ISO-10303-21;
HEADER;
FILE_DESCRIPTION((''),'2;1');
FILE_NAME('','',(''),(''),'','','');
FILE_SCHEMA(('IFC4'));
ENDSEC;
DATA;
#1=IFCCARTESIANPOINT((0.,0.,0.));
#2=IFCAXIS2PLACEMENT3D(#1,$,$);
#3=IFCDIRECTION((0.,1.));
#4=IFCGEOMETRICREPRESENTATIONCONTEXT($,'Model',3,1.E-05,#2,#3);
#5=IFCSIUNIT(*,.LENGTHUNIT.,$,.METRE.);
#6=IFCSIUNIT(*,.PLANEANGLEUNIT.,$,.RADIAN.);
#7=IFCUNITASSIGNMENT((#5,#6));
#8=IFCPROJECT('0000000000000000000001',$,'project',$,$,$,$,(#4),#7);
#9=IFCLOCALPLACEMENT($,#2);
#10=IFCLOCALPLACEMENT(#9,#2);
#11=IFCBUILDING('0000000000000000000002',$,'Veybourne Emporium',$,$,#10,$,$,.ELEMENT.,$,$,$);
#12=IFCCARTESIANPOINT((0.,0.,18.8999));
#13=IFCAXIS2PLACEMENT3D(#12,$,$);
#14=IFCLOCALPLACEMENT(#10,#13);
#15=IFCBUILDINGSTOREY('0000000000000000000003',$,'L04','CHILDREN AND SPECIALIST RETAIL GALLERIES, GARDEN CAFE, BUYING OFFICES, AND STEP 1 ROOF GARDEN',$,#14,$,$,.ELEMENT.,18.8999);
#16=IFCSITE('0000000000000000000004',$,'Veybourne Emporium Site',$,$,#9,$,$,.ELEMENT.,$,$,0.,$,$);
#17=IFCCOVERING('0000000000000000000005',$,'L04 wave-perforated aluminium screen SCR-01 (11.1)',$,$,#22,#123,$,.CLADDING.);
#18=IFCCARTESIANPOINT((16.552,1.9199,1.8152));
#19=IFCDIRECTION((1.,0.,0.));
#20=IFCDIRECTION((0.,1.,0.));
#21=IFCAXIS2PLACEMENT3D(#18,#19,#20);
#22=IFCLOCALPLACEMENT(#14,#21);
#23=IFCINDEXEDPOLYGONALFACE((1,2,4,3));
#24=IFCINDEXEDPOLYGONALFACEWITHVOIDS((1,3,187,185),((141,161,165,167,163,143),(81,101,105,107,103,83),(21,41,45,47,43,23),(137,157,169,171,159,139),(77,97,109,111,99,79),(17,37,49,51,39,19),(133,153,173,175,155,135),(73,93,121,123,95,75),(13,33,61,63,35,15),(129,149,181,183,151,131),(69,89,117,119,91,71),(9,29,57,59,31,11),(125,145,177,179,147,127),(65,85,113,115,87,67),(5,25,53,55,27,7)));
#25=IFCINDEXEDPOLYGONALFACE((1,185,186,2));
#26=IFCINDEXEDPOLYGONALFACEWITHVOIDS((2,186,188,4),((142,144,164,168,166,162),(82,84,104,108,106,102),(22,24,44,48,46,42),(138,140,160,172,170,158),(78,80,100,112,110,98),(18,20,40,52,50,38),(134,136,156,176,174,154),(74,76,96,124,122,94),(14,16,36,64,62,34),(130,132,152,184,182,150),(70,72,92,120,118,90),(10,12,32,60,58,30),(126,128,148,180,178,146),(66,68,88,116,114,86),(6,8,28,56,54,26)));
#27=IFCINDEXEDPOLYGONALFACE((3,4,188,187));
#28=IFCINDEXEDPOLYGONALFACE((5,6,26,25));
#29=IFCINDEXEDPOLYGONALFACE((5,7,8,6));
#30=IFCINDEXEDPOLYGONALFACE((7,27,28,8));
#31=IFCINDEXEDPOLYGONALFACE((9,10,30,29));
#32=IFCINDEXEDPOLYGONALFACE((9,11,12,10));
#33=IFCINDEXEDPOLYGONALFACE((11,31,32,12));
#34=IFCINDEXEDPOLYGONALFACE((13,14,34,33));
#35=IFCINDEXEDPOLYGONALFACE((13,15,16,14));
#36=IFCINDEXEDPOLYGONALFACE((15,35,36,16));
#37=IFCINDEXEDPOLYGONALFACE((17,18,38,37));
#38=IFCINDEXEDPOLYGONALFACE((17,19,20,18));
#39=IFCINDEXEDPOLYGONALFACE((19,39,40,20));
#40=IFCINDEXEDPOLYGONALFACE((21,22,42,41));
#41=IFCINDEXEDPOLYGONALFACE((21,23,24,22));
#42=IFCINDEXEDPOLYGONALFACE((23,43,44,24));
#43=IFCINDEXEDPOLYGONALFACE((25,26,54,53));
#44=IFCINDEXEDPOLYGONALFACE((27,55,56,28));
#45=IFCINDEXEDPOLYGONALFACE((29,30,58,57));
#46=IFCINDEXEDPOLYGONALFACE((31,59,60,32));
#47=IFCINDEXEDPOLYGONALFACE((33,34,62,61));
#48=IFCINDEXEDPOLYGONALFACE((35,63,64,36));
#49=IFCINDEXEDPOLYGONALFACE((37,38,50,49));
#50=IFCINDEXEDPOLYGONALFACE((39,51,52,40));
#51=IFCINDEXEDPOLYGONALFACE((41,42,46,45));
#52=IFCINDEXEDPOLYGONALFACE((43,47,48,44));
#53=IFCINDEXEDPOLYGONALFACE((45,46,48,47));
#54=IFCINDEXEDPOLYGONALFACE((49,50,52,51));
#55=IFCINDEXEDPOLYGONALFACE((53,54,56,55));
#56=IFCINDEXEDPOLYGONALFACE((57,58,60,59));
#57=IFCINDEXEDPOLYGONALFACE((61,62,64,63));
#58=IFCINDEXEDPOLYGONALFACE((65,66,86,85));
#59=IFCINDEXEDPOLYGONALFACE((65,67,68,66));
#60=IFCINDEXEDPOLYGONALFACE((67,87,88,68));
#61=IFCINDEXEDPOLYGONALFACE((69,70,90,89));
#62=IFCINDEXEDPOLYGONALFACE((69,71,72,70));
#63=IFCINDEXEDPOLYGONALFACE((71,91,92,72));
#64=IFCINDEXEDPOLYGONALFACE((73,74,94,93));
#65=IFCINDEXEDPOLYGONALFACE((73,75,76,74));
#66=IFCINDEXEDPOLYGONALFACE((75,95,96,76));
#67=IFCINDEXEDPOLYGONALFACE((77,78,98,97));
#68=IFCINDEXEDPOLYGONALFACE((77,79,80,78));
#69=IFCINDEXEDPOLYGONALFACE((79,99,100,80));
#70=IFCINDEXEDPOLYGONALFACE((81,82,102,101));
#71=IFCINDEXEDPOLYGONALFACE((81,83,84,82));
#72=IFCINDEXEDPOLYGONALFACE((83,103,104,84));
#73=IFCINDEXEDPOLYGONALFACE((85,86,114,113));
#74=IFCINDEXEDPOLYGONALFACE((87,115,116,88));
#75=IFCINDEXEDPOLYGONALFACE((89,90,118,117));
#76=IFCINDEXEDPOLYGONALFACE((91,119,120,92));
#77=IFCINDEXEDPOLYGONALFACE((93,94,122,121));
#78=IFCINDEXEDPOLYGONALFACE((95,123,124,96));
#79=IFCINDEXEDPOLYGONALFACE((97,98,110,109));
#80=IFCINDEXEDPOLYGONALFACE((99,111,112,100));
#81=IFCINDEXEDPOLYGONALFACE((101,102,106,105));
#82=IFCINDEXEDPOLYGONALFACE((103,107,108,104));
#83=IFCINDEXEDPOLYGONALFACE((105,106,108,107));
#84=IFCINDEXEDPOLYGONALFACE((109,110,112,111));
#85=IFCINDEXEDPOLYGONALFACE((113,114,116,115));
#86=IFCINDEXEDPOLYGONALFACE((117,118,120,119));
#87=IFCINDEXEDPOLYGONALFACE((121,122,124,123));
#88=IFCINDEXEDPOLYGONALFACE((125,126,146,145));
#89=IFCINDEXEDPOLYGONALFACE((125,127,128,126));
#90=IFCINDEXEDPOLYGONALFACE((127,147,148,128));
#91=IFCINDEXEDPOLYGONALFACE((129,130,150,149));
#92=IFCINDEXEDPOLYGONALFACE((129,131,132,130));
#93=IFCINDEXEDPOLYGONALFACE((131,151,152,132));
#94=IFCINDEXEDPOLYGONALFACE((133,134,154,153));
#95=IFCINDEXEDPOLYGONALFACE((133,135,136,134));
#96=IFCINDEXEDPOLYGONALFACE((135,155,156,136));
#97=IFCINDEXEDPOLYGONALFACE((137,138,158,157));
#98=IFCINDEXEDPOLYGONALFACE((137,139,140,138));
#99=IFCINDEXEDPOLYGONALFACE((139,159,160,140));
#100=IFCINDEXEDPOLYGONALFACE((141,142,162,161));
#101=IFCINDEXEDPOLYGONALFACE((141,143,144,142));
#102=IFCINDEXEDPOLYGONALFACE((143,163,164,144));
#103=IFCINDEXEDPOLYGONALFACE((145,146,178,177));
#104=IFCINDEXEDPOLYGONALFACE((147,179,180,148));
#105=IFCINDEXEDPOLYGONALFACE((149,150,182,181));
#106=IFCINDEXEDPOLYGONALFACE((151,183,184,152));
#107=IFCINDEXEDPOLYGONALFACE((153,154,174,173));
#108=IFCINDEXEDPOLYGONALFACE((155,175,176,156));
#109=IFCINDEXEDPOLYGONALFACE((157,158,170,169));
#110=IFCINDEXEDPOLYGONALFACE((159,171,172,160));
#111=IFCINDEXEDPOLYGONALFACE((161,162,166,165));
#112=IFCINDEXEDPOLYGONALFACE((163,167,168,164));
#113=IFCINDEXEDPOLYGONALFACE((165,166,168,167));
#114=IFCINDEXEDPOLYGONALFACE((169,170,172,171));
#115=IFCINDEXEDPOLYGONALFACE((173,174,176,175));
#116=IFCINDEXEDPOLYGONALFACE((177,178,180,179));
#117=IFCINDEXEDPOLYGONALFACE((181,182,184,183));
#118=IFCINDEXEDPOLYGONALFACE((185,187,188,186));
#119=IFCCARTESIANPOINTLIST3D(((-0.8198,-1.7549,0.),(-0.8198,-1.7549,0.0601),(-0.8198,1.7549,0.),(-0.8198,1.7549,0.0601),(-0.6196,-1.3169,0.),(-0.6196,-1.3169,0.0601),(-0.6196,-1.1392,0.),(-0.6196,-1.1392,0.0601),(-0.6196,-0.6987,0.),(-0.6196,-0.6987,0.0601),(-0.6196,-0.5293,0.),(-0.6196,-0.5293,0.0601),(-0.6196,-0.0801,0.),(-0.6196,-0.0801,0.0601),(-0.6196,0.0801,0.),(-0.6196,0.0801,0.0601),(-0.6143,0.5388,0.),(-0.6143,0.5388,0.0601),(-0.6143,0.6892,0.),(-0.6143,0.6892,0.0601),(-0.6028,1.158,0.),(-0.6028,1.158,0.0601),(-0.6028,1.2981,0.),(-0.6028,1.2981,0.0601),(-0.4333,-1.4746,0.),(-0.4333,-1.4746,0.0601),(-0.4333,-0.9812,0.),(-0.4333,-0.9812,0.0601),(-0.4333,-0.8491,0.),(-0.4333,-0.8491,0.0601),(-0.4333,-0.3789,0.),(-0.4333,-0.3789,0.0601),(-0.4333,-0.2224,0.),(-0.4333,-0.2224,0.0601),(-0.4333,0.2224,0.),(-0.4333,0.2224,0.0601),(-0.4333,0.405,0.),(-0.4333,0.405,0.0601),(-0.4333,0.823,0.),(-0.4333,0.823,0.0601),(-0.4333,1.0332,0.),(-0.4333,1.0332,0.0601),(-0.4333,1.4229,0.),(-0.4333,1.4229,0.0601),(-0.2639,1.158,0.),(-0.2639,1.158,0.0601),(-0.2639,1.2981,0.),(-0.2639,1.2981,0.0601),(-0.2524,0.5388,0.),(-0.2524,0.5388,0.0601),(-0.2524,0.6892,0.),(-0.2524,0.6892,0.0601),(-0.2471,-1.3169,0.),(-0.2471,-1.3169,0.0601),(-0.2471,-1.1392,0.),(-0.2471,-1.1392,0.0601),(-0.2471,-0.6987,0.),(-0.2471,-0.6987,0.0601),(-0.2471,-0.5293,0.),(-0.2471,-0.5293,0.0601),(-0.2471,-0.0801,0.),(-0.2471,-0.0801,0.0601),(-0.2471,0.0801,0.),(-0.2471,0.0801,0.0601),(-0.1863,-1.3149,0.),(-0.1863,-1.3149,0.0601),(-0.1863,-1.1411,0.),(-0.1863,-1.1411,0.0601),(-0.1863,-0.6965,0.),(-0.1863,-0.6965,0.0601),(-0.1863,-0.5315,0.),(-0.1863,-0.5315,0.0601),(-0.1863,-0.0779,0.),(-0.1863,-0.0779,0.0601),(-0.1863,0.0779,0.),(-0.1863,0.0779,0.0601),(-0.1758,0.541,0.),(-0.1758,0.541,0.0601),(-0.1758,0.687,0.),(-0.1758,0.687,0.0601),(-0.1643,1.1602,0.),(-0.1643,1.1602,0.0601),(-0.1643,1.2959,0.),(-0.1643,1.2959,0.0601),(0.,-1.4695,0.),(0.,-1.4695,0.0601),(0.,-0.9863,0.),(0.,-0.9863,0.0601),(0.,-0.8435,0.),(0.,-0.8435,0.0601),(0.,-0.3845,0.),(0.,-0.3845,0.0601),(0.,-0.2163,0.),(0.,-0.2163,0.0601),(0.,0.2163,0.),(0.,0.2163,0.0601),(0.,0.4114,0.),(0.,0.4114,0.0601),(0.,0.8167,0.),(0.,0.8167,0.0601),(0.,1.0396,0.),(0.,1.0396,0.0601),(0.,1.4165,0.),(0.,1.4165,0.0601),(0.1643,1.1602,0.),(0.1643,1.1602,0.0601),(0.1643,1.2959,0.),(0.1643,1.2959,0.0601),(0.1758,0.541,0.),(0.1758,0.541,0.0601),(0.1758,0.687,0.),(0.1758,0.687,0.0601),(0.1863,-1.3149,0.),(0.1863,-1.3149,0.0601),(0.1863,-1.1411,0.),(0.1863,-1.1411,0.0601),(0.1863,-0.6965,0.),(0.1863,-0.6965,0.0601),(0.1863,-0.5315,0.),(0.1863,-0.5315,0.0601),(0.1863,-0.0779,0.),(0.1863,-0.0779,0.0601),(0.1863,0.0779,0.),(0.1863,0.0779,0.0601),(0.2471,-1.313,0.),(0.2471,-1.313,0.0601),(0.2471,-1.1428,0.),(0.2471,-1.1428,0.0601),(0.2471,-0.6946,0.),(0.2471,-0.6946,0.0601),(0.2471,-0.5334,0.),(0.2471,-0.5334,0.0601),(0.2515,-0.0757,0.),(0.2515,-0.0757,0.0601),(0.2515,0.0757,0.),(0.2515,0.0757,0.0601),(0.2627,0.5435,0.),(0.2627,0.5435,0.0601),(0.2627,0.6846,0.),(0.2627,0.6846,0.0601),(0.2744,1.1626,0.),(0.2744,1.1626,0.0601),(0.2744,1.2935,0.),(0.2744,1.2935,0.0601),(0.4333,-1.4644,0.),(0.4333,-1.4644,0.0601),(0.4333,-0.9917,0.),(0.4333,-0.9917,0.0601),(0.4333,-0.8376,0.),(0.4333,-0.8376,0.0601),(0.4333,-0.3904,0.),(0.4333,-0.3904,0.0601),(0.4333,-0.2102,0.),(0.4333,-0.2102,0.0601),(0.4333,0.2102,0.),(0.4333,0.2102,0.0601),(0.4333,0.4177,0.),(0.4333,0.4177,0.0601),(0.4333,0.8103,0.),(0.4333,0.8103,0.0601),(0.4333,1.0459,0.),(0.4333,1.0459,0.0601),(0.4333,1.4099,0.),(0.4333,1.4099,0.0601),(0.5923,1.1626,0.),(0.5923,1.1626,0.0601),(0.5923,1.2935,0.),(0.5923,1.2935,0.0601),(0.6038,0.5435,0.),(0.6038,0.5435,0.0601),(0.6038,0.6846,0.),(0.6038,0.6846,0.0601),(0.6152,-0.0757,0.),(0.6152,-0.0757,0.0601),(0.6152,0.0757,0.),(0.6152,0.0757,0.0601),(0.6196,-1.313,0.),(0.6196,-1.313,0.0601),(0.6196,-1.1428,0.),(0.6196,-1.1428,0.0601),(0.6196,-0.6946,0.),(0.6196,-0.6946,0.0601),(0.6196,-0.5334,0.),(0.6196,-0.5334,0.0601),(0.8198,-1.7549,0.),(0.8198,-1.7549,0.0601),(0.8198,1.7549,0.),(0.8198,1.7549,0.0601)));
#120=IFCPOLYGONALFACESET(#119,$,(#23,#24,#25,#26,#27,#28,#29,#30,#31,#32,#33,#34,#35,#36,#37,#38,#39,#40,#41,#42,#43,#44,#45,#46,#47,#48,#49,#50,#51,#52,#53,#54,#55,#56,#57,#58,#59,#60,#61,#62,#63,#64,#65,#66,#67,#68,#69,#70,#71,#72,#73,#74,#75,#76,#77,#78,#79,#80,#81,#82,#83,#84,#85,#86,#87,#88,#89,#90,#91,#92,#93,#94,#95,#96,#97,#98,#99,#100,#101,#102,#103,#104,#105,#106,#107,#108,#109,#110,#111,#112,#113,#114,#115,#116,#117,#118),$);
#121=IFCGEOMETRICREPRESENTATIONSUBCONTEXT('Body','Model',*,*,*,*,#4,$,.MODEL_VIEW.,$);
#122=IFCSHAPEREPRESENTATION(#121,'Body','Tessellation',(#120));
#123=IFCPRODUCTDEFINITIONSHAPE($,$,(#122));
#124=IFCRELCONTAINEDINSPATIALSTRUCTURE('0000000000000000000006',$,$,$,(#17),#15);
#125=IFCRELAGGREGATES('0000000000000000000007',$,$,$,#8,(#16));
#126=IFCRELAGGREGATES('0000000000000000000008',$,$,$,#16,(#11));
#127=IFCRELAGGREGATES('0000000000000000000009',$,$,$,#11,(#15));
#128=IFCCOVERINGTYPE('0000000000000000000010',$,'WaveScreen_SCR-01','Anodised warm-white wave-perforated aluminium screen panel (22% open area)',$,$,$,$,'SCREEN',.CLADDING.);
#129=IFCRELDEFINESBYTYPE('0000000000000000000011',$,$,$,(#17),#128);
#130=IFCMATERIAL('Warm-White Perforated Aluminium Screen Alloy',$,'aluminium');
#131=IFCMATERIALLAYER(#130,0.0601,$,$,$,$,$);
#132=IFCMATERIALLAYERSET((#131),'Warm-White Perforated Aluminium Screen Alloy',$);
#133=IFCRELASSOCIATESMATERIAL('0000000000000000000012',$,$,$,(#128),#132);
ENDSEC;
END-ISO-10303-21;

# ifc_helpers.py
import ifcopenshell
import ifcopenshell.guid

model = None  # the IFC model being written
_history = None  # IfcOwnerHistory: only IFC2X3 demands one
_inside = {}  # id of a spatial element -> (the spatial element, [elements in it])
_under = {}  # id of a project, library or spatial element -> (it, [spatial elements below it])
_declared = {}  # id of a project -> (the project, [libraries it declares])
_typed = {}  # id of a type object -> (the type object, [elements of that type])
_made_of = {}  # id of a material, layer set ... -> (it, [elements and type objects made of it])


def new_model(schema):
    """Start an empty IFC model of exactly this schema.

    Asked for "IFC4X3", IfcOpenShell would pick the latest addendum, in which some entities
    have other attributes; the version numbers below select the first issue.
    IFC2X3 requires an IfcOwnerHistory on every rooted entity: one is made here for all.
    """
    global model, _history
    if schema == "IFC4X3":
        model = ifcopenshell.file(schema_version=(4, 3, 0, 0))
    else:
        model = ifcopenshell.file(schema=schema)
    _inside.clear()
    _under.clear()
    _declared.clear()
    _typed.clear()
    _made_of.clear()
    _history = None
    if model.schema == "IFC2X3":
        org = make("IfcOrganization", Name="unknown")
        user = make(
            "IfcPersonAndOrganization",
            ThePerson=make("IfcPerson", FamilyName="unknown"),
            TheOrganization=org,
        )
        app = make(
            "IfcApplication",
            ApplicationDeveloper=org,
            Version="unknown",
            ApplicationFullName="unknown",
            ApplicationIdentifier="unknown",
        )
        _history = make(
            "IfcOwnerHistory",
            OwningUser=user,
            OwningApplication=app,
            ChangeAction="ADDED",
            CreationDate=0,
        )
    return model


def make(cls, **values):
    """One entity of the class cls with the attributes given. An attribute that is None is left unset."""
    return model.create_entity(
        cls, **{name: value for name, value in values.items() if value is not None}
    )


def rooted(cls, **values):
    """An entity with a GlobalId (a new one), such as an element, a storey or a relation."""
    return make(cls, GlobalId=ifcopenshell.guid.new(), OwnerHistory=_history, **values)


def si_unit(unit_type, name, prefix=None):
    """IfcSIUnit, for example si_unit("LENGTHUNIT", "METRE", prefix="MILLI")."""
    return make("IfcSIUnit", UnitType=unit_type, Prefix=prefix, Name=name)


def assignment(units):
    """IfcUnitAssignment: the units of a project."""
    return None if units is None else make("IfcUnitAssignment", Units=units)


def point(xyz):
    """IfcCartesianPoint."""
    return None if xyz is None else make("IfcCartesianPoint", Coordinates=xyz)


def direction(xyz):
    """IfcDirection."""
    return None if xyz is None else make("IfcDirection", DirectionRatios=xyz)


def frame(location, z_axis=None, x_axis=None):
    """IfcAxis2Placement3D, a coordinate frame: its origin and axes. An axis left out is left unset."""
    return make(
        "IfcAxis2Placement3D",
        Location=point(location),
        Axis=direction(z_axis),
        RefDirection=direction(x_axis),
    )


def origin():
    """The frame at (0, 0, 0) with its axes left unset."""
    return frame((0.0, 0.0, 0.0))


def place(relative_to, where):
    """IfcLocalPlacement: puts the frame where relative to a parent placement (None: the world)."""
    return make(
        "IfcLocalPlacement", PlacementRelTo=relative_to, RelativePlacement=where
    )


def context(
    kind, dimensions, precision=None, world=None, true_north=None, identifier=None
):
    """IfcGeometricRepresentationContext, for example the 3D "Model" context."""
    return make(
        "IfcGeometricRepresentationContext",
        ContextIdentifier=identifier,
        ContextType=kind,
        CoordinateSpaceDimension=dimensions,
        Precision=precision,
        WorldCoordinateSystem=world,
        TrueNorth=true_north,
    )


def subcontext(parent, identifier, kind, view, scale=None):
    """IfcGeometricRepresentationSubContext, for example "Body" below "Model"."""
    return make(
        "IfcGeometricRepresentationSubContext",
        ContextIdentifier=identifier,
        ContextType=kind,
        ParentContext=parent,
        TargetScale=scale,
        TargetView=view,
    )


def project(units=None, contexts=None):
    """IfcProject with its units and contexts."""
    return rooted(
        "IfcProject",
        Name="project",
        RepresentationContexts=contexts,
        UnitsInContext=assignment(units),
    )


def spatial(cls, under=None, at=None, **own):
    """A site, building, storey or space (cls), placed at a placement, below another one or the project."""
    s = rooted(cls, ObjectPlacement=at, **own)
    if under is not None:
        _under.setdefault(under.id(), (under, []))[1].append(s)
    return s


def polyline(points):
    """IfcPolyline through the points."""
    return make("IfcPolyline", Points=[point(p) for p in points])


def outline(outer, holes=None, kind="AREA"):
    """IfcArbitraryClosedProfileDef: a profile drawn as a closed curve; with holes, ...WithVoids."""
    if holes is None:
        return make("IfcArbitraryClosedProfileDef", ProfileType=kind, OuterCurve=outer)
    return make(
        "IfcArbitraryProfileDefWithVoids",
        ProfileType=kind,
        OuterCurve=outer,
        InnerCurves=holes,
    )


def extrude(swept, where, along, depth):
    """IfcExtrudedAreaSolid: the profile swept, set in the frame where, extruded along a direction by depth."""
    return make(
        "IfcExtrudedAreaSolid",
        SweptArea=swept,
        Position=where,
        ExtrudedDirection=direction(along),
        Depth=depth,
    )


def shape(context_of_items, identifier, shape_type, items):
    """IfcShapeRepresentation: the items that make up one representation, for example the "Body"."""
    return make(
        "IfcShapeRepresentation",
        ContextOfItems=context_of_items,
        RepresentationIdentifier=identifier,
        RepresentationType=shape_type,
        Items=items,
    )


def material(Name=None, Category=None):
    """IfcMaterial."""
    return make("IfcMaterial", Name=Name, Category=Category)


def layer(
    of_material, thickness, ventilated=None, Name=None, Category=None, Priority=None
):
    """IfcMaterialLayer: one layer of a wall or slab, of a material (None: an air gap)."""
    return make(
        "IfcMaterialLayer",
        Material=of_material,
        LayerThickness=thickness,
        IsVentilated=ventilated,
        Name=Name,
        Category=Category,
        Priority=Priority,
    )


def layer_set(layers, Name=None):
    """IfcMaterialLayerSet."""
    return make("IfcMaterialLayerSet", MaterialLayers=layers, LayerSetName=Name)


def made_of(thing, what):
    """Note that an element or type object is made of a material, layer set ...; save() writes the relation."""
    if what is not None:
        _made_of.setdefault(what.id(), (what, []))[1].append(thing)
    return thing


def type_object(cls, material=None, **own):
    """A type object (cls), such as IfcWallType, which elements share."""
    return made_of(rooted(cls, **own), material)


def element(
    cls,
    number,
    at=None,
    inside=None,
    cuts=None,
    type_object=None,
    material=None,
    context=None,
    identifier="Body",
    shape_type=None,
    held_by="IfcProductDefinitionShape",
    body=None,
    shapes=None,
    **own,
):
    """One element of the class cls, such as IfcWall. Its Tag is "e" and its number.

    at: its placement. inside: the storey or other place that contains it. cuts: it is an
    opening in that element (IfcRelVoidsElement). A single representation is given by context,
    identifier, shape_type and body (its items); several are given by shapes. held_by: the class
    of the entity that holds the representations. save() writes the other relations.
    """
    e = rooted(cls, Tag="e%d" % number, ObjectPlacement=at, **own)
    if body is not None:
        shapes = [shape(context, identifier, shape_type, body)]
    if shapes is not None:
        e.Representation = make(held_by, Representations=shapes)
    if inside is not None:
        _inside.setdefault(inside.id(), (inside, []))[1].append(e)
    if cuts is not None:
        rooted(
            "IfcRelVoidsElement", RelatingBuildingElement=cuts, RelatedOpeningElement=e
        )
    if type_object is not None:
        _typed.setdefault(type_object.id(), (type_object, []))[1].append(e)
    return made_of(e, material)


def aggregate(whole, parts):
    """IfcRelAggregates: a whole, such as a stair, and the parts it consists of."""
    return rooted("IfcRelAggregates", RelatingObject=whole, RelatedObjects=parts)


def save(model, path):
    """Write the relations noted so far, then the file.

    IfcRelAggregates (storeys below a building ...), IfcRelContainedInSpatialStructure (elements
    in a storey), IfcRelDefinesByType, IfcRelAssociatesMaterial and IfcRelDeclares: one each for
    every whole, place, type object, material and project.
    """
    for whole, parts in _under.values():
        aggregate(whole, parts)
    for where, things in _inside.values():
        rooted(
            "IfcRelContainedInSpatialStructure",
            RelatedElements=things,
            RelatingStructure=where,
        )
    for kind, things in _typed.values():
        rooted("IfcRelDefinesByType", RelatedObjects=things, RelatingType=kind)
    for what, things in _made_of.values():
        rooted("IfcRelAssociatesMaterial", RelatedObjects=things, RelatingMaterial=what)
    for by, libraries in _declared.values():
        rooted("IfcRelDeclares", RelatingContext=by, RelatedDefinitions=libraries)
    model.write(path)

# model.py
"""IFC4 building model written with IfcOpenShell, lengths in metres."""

from ifc_helpers import new_model, si_unit, direction, frame, origin, place, context, subcontext, project, spatial, polyline, outline, extrude, material, layer, layer_set, type_object, element, save


model = new_model("IFC4")

# Units and contexts
model_context = context("Model", 3, precision=1e-05, world=origin(), true_north=direction((0.0, 1.0)))
body_context = subcontext(model_context, "Body", "Model", "MODEL_VIEW")
ifc_project = project(units=[si_unit("LENGTHUNIT", "METRE"), si_unit("PLANEANGLEUNIT", "RADIAN")], contexts=[model_context])

# Site, building, storey
site_placement = place(None, origin())
site = spatial("IfcSite", under=ifc_project, at=site_placement, Name="Veybourne Emporium Site", CompositionType="ELEMENT", RefElevation=0.0)
building_placement = place(site_placement, origin())
building = spatial("IfcBuilding", under=site, at=building_placement, Name="Veybourne Emporium", CompositionType="ELEMENT")
storey_placement = place(building_placement, frame((0.0, 0.0, 18.8999)))
storey = spatial("IfcBuildingStorey", under=building, at=storey_placement, Name="L04", Description="CHILDREN AND SPECIALIST RETAIL GALLERIES, GARDEN CAFE, BUYING OFFICES, AND STEP 1 ROOF GARDEN", CompositionType="ELEMENT", Elevation=18.8999)

# Covering
ifc_material_1 = material(Name="Warm-White Perforated Aluminium Screen Alloy", Category="aluminium")
ifc_layer_1 = layer(ifc_material_1, 0.0601)
ifc_layer_set_1 = layer_set([ifc_layer_1], Name="Warm-White Perforated Aluminium Screen Alloy")
covering_type_1 = type_object("IfcCoveringType", Name="WaveScreen_SCR-01", Description="Anodised warm-white wave-perforated aluminium screen panel (22% open area)", ElementType="SCREEN", PredefinedType="CLADDING", material=ifc_layer_set_1)
covering_1_placement = place(storey_placement, frame((16.552, 1.9199, 1.8152), z_axis=(1.0, 0.0, 0.0), x_axis=(0.0, 1.0, 0.0)))
element("IfcCovering", 1, at=covering_1_placement, inside=storey, type_object=covering_type_1, Name="L04 wave-perforated aluminium screen SCR-01 (11.1)", PredefinedType="CLADDING", context=body_context, shape_type="SweptSolid", body=[
    extrude(outline(polyline([(-0.8198, -1.7549), (0.8198, -1.7549), (0.8198, 1.7549), (-0.8198, 1.7549), (-0.8198, -1.7549)]), holes=[polyline([(-0.4333, -0.9812), (-0.2471, -1.1392), (-0.2471, -1.3169), (-0.4333, -1.4746), (-0.6196, -1.3169), (-0.6196, -1.1392), (-0.4333, -0.9812)]), polyline([(-0.4333, -0.3789), (-0.2471, -0.5293), (-0.2471, -0.6987), (-0.4333, -0.8491), (-0.6196, -0.6987), (-0.6196, -0.5293), (-0.4333, -0.3789)]), polyline([(-0.4333, 0.2224), (-0.2471, 0.0801), (-0.2471, -0.0801), (-0.4333, -0.2224), (-0.6196, -0.0801), (-0.6196, 0.0801), (-0.4333, 0.2224)]), polyline([(-0.4333, 0.823), (-0.2524, 0.6892), (-0.2524, 0.5388), (-0.4333, 0.405), (-0.6143, 0.5388), (-0.6143, 0.6892), (-0.4333, 0.823)]), polyline([(-0.4333, 1.4229), (-0.2639, 1.2981), (-0.2639, 1.158), (-0.4333, 1.0332), (-0.6028, 1.158), (-0.6028, 1.2981), (-0.4333, 1.4229)]), polyline([(0.0, -0.9863), (0.1863, -1.1411), (0.1863, -1.3149), (0.0, -1.4695), (-0.1863, -1.3149), (-0.1863, -1.1411), (0.0, -0.9863)]), polyline([(0.0, -0.3845), (0.1863, -0.5315), (0.1863, -0.6965), (0.0, -0.8435), (-0.1863, -0.6965), (-0.1863, -0.5315), (0.0, -0.3845)]), polyline([(0.0, 0.2163), (0.1863, 0.0779), (0.1863, -0.0779), (0.0, -0.2163), (-0.1863, -0.0779), (-0.1863, 0.0779), (0.0, 0.2163)]), polyline([(0.0, 0.8167), (0.1758, 0.687), (0.1758, 0.541), (0.0, 0.4114), (-0.1758, 0.541), (-0.1758, 0.687), (0.0, 0.8167)]), polyline([(0.0, 1.4165), (0.1643, 1.2959), (0.1643, 1.1602), (0.0, 1.0396), (-0.1643, 1.1602), (-0.1643, 1.2959), (0.0, 1.4165)]), polyline([(0.4333, -0.9917), (0.6196, -1.1428), (0.6196, -1.313), (0.4333, -1.4644), (0.2471, -1.313), (0.2471, -1.1428), (0.4333, -0.9917)]), polyline([(0.4333, -0.3904), (0.6196, -0.5334), (0.6196, -0.6946), (0.4333, -0.8376), (0.2471, -0.6946), (0.2471, -0.5334), (0.4333, -0.3904)]), polyline([(0.4333, 0.2102), (0.6152, 0.0757), (0.6152, -0.0757), (0.4333, -0.2102), (0.2515, -0.0757), (0.2515, 0.0757), (0.4333, 0.2102)]), polyline([(0.4333, 0.8103), (0.6038, 0.6846), (0.6038, 0.5435), (0.4333, 0.4177), (0.2627, 0.5435), (0.2627, 0.6846), (0.4333, 0.8103)]), polyline([(0.4333, 1.4099), (0.5923, 1.2935), (0.5923, 1.1626), (0.4333, 1.0459), (0.2744, 1.1626), (0.2744, 1.2935), (0.4333, 1.4099)])]), origin(), (0.0, 0.0, 1.0), 0.0601),
])

save(model, "model.ifc")
